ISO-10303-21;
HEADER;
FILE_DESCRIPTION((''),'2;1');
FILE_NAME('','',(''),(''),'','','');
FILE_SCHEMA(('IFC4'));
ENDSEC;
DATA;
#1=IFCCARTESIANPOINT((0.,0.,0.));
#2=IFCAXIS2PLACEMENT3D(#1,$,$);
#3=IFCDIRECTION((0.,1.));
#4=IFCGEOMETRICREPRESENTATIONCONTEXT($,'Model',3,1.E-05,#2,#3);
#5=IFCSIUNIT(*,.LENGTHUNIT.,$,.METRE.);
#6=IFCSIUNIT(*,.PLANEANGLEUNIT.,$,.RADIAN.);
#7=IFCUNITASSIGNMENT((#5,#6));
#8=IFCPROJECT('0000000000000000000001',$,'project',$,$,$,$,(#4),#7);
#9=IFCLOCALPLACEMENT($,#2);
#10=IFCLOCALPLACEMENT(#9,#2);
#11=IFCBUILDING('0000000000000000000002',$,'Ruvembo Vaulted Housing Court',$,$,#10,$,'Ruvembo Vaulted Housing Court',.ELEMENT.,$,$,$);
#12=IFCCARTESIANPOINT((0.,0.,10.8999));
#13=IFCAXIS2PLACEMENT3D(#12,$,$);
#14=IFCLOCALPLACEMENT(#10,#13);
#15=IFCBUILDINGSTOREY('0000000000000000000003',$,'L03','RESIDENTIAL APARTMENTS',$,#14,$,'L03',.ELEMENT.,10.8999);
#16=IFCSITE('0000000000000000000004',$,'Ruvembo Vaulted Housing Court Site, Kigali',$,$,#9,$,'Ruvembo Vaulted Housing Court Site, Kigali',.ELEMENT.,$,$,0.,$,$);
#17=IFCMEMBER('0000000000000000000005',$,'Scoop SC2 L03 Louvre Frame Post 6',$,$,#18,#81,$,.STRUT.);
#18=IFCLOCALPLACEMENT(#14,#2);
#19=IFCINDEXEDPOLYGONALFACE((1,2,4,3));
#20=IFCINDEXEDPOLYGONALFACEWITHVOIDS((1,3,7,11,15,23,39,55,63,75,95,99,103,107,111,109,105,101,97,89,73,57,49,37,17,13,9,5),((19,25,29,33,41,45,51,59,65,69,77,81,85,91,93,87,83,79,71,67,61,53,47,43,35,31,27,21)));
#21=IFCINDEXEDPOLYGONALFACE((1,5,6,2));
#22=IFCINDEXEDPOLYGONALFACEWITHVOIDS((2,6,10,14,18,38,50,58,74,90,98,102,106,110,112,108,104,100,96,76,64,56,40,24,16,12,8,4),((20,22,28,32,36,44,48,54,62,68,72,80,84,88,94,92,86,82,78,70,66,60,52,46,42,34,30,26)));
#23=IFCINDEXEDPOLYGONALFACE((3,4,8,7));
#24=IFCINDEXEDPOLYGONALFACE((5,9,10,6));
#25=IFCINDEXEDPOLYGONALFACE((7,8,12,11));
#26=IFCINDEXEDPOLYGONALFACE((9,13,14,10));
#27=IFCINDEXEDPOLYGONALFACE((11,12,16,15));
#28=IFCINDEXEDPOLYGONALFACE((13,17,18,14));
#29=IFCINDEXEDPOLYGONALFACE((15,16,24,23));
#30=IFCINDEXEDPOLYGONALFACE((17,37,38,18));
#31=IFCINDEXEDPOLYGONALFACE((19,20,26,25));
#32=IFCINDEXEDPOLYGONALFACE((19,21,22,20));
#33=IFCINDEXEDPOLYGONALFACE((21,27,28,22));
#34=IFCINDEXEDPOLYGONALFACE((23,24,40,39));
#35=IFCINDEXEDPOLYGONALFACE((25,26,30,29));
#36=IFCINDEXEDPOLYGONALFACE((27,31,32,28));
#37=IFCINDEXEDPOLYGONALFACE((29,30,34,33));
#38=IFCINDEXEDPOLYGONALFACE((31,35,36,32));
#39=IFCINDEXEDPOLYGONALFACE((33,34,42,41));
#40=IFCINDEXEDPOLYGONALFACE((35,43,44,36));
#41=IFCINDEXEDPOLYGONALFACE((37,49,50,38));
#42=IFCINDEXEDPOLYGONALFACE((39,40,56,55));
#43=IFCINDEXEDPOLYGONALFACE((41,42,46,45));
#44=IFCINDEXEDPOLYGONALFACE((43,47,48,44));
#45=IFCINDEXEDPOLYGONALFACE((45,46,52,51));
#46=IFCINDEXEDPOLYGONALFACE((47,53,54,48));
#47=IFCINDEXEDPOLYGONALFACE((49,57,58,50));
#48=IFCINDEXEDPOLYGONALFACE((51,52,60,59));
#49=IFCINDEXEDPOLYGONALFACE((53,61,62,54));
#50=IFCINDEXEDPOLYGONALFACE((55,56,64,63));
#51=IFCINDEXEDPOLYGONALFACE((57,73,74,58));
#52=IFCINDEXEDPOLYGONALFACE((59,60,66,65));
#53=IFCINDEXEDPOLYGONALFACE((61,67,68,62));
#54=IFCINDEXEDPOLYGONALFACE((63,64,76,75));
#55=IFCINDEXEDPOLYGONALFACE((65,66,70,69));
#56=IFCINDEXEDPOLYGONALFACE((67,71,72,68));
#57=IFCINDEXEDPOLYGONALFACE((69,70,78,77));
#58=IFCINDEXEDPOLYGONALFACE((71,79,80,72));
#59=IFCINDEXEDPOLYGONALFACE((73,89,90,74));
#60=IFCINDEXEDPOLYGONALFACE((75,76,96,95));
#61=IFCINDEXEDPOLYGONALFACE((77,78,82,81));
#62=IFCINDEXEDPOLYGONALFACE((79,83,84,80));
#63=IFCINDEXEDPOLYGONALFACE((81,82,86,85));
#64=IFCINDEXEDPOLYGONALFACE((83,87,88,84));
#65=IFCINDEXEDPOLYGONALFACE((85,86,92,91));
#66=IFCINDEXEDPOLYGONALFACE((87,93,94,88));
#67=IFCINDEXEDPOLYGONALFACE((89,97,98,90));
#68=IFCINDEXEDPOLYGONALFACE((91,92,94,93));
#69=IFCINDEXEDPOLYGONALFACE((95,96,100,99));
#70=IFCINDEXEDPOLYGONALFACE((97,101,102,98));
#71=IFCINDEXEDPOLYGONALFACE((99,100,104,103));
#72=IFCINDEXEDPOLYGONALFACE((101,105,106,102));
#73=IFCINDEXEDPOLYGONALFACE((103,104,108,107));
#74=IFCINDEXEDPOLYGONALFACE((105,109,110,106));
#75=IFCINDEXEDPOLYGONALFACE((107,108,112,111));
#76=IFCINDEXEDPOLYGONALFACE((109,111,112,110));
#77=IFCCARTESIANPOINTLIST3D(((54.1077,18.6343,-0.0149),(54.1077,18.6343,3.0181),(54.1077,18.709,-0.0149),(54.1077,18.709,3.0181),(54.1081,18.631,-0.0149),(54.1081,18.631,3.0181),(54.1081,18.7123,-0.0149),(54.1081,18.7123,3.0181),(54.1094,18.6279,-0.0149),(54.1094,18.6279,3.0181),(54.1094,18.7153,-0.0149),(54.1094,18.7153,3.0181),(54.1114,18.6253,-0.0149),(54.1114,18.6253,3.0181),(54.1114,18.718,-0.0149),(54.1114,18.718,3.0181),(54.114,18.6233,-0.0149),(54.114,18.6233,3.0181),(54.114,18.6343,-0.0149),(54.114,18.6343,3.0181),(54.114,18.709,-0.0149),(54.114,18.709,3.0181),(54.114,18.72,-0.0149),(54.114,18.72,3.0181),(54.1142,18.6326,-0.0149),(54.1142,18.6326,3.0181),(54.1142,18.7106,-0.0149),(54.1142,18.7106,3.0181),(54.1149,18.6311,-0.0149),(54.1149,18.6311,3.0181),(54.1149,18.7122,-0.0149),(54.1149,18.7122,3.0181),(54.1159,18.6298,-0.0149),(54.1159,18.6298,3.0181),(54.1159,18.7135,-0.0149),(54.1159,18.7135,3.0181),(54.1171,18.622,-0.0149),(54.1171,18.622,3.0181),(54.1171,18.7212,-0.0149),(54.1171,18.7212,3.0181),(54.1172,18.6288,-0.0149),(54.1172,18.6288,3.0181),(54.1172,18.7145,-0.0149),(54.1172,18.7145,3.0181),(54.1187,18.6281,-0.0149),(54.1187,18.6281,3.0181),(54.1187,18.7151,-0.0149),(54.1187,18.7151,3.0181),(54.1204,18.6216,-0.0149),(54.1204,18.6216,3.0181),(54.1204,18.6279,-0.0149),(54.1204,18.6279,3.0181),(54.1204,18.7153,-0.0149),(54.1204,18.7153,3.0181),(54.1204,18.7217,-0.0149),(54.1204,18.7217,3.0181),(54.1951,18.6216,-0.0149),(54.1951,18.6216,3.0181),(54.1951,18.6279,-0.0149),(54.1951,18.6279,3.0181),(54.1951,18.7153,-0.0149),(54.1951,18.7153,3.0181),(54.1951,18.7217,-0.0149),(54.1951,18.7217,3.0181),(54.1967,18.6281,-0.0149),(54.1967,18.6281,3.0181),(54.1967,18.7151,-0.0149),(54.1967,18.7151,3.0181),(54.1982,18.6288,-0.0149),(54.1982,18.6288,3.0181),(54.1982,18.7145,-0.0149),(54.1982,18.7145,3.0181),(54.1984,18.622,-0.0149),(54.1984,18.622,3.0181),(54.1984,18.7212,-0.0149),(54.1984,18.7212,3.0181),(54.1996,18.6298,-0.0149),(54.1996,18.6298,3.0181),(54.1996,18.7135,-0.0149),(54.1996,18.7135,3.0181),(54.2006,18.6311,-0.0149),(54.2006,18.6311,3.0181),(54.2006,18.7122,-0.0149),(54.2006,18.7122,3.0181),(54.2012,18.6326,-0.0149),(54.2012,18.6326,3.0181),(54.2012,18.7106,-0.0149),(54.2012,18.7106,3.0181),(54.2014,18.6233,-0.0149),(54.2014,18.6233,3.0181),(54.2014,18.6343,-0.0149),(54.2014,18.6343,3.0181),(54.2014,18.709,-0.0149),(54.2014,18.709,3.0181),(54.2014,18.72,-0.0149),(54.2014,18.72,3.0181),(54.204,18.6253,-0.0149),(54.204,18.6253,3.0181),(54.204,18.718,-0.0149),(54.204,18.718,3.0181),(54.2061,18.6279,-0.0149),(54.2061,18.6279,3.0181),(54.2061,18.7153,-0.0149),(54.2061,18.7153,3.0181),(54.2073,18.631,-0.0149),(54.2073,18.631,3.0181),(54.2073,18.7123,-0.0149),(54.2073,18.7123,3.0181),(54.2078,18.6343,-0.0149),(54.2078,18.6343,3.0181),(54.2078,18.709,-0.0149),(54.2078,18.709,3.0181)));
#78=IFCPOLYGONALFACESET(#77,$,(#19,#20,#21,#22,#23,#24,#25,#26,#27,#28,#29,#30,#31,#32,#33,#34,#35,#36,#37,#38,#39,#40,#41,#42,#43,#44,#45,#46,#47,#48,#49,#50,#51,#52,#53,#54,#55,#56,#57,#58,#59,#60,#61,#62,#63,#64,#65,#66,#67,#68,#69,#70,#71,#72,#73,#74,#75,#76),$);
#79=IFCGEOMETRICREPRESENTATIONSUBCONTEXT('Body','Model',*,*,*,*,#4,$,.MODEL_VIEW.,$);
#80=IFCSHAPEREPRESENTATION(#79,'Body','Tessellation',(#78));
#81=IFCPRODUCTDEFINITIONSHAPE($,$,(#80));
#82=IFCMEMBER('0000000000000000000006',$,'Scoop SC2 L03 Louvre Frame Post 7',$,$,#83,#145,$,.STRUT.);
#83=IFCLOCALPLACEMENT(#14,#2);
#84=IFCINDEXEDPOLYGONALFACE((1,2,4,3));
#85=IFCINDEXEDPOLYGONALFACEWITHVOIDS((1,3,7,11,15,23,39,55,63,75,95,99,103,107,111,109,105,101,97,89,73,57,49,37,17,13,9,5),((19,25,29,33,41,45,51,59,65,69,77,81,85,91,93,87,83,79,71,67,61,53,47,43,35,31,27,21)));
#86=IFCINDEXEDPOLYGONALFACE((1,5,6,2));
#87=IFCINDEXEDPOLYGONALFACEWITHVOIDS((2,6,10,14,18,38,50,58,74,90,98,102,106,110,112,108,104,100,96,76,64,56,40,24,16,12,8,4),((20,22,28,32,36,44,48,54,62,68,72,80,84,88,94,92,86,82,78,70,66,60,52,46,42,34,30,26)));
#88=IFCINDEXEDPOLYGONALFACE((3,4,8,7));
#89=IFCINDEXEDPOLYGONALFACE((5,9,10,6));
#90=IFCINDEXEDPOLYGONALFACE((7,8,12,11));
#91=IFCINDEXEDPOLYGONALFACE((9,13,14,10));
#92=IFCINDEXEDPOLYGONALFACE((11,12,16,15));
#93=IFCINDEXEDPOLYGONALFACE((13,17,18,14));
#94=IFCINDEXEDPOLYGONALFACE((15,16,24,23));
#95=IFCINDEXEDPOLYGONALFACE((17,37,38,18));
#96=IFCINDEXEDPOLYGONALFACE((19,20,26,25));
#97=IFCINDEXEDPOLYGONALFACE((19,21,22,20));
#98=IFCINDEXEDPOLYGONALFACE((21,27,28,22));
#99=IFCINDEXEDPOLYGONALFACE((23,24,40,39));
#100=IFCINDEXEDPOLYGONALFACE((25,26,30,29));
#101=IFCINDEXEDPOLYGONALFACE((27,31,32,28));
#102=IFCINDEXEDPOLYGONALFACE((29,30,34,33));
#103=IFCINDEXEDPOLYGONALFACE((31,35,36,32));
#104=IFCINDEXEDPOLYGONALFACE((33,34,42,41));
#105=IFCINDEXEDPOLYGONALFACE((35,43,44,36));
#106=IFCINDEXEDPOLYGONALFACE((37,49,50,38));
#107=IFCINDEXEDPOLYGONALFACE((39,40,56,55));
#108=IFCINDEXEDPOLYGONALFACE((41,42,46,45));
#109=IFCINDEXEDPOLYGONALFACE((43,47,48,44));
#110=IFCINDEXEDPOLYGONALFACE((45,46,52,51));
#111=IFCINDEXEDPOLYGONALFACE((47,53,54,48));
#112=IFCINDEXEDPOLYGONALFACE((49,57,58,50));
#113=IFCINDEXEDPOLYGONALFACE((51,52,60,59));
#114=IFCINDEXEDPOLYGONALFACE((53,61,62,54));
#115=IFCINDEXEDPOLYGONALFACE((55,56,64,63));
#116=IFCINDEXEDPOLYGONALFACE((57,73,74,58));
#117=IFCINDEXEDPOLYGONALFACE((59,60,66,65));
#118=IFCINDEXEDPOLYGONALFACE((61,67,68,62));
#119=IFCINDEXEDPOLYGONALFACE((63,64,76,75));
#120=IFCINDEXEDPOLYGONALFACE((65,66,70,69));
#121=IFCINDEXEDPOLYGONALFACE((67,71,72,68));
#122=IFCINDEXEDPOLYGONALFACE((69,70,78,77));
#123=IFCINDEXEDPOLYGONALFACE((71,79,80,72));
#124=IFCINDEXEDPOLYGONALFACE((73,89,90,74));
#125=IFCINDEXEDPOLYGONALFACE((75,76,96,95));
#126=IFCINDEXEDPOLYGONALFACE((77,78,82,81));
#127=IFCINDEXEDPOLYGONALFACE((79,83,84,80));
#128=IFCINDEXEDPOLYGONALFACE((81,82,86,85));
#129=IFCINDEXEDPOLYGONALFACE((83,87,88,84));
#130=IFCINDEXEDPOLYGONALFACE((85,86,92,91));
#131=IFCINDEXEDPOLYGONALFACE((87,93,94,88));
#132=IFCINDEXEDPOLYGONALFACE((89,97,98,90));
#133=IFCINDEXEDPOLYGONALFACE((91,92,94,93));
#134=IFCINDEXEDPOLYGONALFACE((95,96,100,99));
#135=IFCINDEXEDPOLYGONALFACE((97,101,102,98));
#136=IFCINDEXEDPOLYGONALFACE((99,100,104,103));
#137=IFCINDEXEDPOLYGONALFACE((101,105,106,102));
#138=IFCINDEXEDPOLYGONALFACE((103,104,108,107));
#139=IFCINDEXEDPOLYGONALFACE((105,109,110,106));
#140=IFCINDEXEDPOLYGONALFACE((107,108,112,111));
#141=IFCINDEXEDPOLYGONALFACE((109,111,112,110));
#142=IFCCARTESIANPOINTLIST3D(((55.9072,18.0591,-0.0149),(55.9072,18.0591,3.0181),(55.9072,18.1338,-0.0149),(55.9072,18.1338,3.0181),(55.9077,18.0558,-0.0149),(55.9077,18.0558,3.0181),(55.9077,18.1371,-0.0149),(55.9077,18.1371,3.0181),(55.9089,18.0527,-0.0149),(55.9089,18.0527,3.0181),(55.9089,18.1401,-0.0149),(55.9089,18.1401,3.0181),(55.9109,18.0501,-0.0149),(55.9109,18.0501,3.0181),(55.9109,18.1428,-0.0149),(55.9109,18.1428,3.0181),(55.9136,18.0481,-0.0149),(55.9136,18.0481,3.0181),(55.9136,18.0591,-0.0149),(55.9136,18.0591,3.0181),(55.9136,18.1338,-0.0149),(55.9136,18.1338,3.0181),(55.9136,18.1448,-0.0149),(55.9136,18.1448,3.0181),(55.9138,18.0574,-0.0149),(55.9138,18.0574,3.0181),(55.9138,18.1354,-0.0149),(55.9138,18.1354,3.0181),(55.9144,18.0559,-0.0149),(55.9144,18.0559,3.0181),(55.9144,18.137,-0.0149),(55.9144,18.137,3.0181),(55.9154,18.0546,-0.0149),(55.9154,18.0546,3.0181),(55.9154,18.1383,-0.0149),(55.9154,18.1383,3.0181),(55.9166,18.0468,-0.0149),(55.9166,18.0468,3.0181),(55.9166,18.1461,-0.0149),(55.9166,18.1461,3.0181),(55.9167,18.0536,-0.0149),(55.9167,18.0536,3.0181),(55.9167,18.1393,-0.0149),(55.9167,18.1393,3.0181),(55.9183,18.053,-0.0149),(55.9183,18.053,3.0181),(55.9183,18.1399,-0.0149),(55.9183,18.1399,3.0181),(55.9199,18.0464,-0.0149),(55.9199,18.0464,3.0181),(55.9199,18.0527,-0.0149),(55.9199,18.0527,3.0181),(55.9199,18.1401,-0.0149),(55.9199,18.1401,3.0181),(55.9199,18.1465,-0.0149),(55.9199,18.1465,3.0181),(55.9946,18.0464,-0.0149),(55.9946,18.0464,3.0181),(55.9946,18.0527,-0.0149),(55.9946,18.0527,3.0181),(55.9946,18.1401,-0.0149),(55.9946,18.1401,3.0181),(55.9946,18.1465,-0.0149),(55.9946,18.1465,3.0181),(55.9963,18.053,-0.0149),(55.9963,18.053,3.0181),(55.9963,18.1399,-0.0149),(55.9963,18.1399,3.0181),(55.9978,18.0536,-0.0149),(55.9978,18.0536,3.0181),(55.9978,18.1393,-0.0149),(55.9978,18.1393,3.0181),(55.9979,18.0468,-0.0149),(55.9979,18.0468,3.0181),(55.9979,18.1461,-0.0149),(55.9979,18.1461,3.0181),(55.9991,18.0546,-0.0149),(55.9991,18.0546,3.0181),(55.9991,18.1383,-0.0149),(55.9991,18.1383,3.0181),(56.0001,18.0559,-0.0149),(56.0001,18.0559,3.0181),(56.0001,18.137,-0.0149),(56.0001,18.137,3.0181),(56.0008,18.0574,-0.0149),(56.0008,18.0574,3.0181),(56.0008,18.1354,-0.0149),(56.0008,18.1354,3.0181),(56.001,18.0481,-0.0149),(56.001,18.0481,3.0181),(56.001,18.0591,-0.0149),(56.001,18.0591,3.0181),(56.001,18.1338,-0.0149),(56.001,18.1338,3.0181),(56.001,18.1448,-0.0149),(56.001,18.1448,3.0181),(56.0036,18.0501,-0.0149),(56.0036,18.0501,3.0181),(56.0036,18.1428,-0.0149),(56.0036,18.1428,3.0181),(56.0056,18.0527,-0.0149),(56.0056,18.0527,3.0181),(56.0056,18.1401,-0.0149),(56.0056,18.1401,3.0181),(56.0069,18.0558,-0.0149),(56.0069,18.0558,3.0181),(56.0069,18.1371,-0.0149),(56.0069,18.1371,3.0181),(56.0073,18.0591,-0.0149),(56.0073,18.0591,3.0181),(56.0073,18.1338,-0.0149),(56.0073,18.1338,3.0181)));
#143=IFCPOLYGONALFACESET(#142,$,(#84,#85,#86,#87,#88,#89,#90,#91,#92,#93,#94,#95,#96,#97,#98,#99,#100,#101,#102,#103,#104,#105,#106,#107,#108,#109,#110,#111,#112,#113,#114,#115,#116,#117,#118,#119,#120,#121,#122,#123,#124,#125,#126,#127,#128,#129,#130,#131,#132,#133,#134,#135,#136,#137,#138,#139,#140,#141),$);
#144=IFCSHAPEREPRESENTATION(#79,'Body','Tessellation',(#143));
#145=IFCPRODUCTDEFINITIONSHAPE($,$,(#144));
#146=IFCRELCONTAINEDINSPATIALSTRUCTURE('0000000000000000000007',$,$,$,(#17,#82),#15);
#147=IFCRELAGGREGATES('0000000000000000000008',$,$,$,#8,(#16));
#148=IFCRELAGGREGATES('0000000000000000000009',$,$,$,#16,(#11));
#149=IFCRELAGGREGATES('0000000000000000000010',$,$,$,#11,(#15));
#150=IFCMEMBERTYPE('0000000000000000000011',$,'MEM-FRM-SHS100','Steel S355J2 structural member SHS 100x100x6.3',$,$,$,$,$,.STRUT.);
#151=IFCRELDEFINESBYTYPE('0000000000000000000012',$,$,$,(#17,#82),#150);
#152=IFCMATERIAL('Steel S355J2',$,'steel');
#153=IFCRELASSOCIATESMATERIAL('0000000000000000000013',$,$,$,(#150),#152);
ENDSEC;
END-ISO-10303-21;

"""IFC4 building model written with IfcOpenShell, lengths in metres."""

from ifc_helpers import new_model, si_unit, direction, frame, origin, origin_2d, place, context, subcontext, project, spatial, hollow_rectangle, extrude, material, material_profile, profile_set, type_object, element, save


model = new_model("IFC4")

# Units and contexts
model_context = context("Model", 3, precision=1e-05, world=origin(), true_north=direction((0.0, 1.0)))
body_context = subcontext(model_context, "Body", "Model", "MODEL_VIEW")
ifc_project = project(units=[si_unit("LENGTHUNIT", "METRE"), si_unit("PLANEANGLEUNIT", "RADIAN")], contexts=[model_context])

# Site, building, storey
site_placement = place(None, origin())
site = spatial("IfcSite", under=ifc_project, at=site_placement, Name="Ruvembo Vaulted Housing Court Site, Kigali", LongName="Ruvembo Vaulted Housing Court Site, Kigali", CompositionType="ELEMENT", RefElevation=0.0)
building_placement = place(site_placement, origin())
building = spatial("IfcBuilding", under=site, at=building_placement, Name="Ruvembo Vaulted Housing Court", LongName="Ruvembo Vaulted Housing Court", CompositionType="ELEMENT")
storey_placement = place(building_placement, frame((0.0, 0.0, 10.8999)))
storey = spatial("IfcBuildingStorey", under=building, at=storey_placement, Name="L03", Description="RESIDENTIAL APARTMENTS", LongName="L03", CompositionType="ELEMENT", Elevation=10.8999)

# Shared definitions
ifc_material_1 = material(Name="Steel S355J2", Category="steel")

# Members
ifc_material_profile_1 = material_profile(ifc_material_1, hollow_rectangle(XDim=0.1001, YDim=0.1001, WallThickness=0.0063, InnerFilletRadius=0.0063, OuterFilletRadius=0.0127, at=origin_2d()), Name="SHS 100x100x6.3")
ifc_profile_set_1 = profile_set([ifc_material_profile_1], Name="Steel S355J2")
member_type_1 = type_object("IfcMemberType", Name="MEM-FRM-SHS100", Description="Steel S355J2 structural member SHS 100x100x6.3", PredefinedType="STRUT", material=ifc_profile_set_1)
for number, where, z_axis, x_axis, name in (
    (1, (54.1577, 18.6716, -0.0149), (0.0, 0.0, 1.0), (1.0, 0.0, 0.0), "Scoop SC2 L03 Louvre Frame Post 6"),
    (2, (55.9573, 18.0964, -0.0149), (0.0, 0.0, 1.0), (1.0, 0.0, 0.0), "Scoop SC2 L03 Louvre Frame Post 7"),
):
    element("IfcMember", number, at=place(storey_placement, frame(where, z_axis=z_axis, x_axis=x_axis)), inside=storey, type_object=member_type_1, Name=name, PredefinedType="STRUT", context=body_context, shape_type="SweptSolid", body=[
        extrude(hollow_rectangle(XDim=0.1001, YDim=0.1001, WallThickness=0.0063, InnerFilletRadius=0.0063, OuterFilletRadius=0.0127, at=origin_2d()), origin(), (0.0, 0.0, 1.0), 3.033),
    ])

save(model, "model.ifc")
